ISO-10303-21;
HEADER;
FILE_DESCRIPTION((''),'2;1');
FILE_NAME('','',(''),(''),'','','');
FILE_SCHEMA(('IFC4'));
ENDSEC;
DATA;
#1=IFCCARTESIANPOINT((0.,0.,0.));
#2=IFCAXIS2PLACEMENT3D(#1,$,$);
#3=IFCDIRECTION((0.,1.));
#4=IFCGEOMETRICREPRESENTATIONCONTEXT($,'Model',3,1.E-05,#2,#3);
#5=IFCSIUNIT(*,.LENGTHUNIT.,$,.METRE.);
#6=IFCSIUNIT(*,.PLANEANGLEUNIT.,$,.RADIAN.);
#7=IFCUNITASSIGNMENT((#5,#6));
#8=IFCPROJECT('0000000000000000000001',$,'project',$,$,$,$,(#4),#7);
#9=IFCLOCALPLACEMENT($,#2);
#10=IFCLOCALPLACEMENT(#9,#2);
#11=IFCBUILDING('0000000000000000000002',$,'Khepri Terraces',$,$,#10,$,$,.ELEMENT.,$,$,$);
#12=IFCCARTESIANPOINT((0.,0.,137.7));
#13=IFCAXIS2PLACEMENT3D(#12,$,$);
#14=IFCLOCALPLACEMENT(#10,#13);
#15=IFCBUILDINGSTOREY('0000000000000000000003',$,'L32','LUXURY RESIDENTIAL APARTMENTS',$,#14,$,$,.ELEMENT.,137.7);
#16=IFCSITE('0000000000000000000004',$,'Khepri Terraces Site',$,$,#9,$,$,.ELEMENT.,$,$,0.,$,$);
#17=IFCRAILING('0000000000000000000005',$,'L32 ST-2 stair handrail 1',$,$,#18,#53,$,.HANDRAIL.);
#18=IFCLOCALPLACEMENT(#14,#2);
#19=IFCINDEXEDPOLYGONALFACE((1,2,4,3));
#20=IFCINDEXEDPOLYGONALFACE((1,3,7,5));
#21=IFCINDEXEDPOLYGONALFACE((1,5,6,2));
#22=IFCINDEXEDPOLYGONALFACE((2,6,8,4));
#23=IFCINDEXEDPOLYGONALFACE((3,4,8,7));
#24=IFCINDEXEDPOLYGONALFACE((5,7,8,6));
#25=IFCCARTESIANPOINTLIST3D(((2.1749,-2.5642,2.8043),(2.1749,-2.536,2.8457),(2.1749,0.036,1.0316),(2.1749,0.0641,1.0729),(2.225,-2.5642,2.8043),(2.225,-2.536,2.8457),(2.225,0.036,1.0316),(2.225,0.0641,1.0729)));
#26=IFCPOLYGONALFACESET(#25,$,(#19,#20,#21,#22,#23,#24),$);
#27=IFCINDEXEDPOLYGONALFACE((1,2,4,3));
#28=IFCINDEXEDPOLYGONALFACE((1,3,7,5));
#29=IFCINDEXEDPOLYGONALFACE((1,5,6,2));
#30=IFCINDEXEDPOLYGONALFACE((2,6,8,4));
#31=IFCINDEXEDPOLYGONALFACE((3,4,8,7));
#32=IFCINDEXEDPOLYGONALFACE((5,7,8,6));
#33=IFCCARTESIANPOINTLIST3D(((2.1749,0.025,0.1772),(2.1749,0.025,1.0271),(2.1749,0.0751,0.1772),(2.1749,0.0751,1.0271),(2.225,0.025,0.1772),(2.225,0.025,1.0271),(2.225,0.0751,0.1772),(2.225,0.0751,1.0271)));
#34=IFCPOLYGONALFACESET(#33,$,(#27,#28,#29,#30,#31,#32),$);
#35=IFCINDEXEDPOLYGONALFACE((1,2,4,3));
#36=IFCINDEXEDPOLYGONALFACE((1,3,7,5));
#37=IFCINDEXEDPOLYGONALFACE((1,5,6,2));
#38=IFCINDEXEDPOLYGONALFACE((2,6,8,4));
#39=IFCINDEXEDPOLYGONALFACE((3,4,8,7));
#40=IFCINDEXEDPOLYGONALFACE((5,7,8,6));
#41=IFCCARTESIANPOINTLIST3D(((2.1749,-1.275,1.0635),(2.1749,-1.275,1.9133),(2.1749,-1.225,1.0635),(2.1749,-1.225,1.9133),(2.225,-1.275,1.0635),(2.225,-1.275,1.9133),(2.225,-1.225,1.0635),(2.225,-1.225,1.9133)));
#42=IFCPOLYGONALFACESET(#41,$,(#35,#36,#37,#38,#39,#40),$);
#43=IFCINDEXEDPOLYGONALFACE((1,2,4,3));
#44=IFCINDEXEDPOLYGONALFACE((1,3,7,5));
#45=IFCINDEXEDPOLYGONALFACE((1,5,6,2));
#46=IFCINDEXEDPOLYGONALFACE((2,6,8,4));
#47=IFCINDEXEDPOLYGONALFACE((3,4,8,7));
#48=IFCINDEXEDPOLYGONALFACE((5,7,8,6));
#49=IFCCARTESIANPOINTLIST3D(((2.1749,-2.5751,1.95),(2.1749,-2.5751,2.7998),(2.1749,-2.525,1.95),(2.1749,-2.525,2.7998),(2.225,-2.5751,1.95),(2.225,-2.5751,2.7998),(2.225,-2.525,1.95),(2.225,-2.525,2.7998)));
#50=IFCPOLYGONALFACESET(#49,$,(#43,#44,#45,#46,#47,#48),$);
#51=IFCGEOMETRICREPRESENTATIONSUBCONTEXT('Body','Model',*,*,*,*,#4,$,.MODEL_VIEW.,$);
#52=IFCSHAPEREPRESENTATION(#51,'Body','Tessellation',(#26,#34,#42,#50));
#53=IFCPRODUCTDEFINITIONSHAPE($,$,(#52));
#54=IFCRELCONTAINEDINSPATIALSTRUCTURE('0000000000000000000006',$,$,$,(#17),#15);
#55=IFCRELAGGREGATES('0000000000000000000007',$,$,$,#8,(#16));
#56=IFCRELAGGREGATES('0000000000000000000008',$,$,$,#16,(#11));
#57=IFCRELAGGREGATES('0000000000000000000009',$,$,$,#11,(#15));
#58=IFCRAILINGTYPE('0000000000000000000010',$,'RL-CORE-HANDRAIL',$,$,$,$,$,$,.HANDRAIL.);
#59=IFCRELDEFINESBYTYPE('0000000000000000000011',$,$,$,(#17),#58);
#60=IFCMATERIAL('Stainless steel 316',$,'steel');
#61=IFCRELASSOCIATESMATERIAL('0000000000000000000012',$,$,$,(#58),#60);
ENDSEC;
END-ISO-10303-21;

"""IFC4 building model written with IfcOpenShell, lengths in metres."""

from ifc_helpers import new_model, si_unit, direction, frame, origin, origin_2d, place, context, subcontext, project, spatial, rectangle, extrude, material, type_object, element, save


model = new_model("IFC4")

# Units and contexts
model_context = context("Model", 3, precision=1e-05, world=origin(), true_north=direction((0.0, 1.0)))
body_context = subcontext(model_context, "Body", "Model", "MODEL_VIEW")
ifc_project = project(units=[si_unit("LENGTHUNIT", "METRE"), si_unit("PLANEANGLEUNIT", "RADIAN")], contexts=[model_context])

# Site, building, storey
site_placement = place(None, origin())
site = spatial("IfcSite", under=ifc_project, at=site_placement, Name="Khepri Terraces Site", CompositionType="ELEMENT", RefElevation=0.0)
building_placement = place(site_placement, origin())
building = spatial("IfcBuilding", under=site, at=building_placement, Name="Khepri Terraces", CompositionType="ELEMENT")
storey_placement = place(building_placement, frame((0.0, 0.0, 137.7)))
storey = spatial("IfcBuildingStorey", under=building, at=storey_placement, Name="L32", Description="LUXURY RESIDENTIAL APARTMENTS", CompositionType="ELEMENT", Elevation=137.7)

# Railing
ifc_material_1 = material(Name="Stainless steel 316", Category="steel")
railing_type_1 = type_object("IfcRailingType", Name="RL-CORE-HANDRAIL", PredefinedType="HANDRAIL", material=ifc_material_1)
railing_1_placement = place(storey_placement, frame((2.2, 0.05, 0.1772)))
element("IfcRailing", 1, at=railing_1_placement, inside=storey, type_object=railing_type_1, Name="L32 ST-2 stair handrail 1", PredefinedType="HANDRAIL", context=body_context, shape_type="SweptSolid", body=[
    extrude(rectangle(XDim=0.05, YDim=0.05, at=origin_2d()), frame((0.0, 0.0, 0.875), z_axis=(0.0, -0.82624, 0.563318), x_axis=(1.0, 0.0, 0.0)), (0.0, 0.0, 1.0), 3.147),
    extrude(rectangle(XDim=0.05, YDim=0.05, at=origin_2d()), origin(), (0.0, 0.0, 1.0), 0.8499),
    extrude(rectangle(XDim=0.05, YDim=0.05, at=origin_2d()), frame((0.0, -1.3, 0.8862)), (0.0, 0.0, 1.0), 0.8499),
    extrude(rectangle(XDim=0.05, YDim=0.05, at=origin_2d()), frame((0.0, -2.6001, 1.7727)), (0.0, 0.0, 1.0), 0.8499),
])

save(model, "model.ifc")
